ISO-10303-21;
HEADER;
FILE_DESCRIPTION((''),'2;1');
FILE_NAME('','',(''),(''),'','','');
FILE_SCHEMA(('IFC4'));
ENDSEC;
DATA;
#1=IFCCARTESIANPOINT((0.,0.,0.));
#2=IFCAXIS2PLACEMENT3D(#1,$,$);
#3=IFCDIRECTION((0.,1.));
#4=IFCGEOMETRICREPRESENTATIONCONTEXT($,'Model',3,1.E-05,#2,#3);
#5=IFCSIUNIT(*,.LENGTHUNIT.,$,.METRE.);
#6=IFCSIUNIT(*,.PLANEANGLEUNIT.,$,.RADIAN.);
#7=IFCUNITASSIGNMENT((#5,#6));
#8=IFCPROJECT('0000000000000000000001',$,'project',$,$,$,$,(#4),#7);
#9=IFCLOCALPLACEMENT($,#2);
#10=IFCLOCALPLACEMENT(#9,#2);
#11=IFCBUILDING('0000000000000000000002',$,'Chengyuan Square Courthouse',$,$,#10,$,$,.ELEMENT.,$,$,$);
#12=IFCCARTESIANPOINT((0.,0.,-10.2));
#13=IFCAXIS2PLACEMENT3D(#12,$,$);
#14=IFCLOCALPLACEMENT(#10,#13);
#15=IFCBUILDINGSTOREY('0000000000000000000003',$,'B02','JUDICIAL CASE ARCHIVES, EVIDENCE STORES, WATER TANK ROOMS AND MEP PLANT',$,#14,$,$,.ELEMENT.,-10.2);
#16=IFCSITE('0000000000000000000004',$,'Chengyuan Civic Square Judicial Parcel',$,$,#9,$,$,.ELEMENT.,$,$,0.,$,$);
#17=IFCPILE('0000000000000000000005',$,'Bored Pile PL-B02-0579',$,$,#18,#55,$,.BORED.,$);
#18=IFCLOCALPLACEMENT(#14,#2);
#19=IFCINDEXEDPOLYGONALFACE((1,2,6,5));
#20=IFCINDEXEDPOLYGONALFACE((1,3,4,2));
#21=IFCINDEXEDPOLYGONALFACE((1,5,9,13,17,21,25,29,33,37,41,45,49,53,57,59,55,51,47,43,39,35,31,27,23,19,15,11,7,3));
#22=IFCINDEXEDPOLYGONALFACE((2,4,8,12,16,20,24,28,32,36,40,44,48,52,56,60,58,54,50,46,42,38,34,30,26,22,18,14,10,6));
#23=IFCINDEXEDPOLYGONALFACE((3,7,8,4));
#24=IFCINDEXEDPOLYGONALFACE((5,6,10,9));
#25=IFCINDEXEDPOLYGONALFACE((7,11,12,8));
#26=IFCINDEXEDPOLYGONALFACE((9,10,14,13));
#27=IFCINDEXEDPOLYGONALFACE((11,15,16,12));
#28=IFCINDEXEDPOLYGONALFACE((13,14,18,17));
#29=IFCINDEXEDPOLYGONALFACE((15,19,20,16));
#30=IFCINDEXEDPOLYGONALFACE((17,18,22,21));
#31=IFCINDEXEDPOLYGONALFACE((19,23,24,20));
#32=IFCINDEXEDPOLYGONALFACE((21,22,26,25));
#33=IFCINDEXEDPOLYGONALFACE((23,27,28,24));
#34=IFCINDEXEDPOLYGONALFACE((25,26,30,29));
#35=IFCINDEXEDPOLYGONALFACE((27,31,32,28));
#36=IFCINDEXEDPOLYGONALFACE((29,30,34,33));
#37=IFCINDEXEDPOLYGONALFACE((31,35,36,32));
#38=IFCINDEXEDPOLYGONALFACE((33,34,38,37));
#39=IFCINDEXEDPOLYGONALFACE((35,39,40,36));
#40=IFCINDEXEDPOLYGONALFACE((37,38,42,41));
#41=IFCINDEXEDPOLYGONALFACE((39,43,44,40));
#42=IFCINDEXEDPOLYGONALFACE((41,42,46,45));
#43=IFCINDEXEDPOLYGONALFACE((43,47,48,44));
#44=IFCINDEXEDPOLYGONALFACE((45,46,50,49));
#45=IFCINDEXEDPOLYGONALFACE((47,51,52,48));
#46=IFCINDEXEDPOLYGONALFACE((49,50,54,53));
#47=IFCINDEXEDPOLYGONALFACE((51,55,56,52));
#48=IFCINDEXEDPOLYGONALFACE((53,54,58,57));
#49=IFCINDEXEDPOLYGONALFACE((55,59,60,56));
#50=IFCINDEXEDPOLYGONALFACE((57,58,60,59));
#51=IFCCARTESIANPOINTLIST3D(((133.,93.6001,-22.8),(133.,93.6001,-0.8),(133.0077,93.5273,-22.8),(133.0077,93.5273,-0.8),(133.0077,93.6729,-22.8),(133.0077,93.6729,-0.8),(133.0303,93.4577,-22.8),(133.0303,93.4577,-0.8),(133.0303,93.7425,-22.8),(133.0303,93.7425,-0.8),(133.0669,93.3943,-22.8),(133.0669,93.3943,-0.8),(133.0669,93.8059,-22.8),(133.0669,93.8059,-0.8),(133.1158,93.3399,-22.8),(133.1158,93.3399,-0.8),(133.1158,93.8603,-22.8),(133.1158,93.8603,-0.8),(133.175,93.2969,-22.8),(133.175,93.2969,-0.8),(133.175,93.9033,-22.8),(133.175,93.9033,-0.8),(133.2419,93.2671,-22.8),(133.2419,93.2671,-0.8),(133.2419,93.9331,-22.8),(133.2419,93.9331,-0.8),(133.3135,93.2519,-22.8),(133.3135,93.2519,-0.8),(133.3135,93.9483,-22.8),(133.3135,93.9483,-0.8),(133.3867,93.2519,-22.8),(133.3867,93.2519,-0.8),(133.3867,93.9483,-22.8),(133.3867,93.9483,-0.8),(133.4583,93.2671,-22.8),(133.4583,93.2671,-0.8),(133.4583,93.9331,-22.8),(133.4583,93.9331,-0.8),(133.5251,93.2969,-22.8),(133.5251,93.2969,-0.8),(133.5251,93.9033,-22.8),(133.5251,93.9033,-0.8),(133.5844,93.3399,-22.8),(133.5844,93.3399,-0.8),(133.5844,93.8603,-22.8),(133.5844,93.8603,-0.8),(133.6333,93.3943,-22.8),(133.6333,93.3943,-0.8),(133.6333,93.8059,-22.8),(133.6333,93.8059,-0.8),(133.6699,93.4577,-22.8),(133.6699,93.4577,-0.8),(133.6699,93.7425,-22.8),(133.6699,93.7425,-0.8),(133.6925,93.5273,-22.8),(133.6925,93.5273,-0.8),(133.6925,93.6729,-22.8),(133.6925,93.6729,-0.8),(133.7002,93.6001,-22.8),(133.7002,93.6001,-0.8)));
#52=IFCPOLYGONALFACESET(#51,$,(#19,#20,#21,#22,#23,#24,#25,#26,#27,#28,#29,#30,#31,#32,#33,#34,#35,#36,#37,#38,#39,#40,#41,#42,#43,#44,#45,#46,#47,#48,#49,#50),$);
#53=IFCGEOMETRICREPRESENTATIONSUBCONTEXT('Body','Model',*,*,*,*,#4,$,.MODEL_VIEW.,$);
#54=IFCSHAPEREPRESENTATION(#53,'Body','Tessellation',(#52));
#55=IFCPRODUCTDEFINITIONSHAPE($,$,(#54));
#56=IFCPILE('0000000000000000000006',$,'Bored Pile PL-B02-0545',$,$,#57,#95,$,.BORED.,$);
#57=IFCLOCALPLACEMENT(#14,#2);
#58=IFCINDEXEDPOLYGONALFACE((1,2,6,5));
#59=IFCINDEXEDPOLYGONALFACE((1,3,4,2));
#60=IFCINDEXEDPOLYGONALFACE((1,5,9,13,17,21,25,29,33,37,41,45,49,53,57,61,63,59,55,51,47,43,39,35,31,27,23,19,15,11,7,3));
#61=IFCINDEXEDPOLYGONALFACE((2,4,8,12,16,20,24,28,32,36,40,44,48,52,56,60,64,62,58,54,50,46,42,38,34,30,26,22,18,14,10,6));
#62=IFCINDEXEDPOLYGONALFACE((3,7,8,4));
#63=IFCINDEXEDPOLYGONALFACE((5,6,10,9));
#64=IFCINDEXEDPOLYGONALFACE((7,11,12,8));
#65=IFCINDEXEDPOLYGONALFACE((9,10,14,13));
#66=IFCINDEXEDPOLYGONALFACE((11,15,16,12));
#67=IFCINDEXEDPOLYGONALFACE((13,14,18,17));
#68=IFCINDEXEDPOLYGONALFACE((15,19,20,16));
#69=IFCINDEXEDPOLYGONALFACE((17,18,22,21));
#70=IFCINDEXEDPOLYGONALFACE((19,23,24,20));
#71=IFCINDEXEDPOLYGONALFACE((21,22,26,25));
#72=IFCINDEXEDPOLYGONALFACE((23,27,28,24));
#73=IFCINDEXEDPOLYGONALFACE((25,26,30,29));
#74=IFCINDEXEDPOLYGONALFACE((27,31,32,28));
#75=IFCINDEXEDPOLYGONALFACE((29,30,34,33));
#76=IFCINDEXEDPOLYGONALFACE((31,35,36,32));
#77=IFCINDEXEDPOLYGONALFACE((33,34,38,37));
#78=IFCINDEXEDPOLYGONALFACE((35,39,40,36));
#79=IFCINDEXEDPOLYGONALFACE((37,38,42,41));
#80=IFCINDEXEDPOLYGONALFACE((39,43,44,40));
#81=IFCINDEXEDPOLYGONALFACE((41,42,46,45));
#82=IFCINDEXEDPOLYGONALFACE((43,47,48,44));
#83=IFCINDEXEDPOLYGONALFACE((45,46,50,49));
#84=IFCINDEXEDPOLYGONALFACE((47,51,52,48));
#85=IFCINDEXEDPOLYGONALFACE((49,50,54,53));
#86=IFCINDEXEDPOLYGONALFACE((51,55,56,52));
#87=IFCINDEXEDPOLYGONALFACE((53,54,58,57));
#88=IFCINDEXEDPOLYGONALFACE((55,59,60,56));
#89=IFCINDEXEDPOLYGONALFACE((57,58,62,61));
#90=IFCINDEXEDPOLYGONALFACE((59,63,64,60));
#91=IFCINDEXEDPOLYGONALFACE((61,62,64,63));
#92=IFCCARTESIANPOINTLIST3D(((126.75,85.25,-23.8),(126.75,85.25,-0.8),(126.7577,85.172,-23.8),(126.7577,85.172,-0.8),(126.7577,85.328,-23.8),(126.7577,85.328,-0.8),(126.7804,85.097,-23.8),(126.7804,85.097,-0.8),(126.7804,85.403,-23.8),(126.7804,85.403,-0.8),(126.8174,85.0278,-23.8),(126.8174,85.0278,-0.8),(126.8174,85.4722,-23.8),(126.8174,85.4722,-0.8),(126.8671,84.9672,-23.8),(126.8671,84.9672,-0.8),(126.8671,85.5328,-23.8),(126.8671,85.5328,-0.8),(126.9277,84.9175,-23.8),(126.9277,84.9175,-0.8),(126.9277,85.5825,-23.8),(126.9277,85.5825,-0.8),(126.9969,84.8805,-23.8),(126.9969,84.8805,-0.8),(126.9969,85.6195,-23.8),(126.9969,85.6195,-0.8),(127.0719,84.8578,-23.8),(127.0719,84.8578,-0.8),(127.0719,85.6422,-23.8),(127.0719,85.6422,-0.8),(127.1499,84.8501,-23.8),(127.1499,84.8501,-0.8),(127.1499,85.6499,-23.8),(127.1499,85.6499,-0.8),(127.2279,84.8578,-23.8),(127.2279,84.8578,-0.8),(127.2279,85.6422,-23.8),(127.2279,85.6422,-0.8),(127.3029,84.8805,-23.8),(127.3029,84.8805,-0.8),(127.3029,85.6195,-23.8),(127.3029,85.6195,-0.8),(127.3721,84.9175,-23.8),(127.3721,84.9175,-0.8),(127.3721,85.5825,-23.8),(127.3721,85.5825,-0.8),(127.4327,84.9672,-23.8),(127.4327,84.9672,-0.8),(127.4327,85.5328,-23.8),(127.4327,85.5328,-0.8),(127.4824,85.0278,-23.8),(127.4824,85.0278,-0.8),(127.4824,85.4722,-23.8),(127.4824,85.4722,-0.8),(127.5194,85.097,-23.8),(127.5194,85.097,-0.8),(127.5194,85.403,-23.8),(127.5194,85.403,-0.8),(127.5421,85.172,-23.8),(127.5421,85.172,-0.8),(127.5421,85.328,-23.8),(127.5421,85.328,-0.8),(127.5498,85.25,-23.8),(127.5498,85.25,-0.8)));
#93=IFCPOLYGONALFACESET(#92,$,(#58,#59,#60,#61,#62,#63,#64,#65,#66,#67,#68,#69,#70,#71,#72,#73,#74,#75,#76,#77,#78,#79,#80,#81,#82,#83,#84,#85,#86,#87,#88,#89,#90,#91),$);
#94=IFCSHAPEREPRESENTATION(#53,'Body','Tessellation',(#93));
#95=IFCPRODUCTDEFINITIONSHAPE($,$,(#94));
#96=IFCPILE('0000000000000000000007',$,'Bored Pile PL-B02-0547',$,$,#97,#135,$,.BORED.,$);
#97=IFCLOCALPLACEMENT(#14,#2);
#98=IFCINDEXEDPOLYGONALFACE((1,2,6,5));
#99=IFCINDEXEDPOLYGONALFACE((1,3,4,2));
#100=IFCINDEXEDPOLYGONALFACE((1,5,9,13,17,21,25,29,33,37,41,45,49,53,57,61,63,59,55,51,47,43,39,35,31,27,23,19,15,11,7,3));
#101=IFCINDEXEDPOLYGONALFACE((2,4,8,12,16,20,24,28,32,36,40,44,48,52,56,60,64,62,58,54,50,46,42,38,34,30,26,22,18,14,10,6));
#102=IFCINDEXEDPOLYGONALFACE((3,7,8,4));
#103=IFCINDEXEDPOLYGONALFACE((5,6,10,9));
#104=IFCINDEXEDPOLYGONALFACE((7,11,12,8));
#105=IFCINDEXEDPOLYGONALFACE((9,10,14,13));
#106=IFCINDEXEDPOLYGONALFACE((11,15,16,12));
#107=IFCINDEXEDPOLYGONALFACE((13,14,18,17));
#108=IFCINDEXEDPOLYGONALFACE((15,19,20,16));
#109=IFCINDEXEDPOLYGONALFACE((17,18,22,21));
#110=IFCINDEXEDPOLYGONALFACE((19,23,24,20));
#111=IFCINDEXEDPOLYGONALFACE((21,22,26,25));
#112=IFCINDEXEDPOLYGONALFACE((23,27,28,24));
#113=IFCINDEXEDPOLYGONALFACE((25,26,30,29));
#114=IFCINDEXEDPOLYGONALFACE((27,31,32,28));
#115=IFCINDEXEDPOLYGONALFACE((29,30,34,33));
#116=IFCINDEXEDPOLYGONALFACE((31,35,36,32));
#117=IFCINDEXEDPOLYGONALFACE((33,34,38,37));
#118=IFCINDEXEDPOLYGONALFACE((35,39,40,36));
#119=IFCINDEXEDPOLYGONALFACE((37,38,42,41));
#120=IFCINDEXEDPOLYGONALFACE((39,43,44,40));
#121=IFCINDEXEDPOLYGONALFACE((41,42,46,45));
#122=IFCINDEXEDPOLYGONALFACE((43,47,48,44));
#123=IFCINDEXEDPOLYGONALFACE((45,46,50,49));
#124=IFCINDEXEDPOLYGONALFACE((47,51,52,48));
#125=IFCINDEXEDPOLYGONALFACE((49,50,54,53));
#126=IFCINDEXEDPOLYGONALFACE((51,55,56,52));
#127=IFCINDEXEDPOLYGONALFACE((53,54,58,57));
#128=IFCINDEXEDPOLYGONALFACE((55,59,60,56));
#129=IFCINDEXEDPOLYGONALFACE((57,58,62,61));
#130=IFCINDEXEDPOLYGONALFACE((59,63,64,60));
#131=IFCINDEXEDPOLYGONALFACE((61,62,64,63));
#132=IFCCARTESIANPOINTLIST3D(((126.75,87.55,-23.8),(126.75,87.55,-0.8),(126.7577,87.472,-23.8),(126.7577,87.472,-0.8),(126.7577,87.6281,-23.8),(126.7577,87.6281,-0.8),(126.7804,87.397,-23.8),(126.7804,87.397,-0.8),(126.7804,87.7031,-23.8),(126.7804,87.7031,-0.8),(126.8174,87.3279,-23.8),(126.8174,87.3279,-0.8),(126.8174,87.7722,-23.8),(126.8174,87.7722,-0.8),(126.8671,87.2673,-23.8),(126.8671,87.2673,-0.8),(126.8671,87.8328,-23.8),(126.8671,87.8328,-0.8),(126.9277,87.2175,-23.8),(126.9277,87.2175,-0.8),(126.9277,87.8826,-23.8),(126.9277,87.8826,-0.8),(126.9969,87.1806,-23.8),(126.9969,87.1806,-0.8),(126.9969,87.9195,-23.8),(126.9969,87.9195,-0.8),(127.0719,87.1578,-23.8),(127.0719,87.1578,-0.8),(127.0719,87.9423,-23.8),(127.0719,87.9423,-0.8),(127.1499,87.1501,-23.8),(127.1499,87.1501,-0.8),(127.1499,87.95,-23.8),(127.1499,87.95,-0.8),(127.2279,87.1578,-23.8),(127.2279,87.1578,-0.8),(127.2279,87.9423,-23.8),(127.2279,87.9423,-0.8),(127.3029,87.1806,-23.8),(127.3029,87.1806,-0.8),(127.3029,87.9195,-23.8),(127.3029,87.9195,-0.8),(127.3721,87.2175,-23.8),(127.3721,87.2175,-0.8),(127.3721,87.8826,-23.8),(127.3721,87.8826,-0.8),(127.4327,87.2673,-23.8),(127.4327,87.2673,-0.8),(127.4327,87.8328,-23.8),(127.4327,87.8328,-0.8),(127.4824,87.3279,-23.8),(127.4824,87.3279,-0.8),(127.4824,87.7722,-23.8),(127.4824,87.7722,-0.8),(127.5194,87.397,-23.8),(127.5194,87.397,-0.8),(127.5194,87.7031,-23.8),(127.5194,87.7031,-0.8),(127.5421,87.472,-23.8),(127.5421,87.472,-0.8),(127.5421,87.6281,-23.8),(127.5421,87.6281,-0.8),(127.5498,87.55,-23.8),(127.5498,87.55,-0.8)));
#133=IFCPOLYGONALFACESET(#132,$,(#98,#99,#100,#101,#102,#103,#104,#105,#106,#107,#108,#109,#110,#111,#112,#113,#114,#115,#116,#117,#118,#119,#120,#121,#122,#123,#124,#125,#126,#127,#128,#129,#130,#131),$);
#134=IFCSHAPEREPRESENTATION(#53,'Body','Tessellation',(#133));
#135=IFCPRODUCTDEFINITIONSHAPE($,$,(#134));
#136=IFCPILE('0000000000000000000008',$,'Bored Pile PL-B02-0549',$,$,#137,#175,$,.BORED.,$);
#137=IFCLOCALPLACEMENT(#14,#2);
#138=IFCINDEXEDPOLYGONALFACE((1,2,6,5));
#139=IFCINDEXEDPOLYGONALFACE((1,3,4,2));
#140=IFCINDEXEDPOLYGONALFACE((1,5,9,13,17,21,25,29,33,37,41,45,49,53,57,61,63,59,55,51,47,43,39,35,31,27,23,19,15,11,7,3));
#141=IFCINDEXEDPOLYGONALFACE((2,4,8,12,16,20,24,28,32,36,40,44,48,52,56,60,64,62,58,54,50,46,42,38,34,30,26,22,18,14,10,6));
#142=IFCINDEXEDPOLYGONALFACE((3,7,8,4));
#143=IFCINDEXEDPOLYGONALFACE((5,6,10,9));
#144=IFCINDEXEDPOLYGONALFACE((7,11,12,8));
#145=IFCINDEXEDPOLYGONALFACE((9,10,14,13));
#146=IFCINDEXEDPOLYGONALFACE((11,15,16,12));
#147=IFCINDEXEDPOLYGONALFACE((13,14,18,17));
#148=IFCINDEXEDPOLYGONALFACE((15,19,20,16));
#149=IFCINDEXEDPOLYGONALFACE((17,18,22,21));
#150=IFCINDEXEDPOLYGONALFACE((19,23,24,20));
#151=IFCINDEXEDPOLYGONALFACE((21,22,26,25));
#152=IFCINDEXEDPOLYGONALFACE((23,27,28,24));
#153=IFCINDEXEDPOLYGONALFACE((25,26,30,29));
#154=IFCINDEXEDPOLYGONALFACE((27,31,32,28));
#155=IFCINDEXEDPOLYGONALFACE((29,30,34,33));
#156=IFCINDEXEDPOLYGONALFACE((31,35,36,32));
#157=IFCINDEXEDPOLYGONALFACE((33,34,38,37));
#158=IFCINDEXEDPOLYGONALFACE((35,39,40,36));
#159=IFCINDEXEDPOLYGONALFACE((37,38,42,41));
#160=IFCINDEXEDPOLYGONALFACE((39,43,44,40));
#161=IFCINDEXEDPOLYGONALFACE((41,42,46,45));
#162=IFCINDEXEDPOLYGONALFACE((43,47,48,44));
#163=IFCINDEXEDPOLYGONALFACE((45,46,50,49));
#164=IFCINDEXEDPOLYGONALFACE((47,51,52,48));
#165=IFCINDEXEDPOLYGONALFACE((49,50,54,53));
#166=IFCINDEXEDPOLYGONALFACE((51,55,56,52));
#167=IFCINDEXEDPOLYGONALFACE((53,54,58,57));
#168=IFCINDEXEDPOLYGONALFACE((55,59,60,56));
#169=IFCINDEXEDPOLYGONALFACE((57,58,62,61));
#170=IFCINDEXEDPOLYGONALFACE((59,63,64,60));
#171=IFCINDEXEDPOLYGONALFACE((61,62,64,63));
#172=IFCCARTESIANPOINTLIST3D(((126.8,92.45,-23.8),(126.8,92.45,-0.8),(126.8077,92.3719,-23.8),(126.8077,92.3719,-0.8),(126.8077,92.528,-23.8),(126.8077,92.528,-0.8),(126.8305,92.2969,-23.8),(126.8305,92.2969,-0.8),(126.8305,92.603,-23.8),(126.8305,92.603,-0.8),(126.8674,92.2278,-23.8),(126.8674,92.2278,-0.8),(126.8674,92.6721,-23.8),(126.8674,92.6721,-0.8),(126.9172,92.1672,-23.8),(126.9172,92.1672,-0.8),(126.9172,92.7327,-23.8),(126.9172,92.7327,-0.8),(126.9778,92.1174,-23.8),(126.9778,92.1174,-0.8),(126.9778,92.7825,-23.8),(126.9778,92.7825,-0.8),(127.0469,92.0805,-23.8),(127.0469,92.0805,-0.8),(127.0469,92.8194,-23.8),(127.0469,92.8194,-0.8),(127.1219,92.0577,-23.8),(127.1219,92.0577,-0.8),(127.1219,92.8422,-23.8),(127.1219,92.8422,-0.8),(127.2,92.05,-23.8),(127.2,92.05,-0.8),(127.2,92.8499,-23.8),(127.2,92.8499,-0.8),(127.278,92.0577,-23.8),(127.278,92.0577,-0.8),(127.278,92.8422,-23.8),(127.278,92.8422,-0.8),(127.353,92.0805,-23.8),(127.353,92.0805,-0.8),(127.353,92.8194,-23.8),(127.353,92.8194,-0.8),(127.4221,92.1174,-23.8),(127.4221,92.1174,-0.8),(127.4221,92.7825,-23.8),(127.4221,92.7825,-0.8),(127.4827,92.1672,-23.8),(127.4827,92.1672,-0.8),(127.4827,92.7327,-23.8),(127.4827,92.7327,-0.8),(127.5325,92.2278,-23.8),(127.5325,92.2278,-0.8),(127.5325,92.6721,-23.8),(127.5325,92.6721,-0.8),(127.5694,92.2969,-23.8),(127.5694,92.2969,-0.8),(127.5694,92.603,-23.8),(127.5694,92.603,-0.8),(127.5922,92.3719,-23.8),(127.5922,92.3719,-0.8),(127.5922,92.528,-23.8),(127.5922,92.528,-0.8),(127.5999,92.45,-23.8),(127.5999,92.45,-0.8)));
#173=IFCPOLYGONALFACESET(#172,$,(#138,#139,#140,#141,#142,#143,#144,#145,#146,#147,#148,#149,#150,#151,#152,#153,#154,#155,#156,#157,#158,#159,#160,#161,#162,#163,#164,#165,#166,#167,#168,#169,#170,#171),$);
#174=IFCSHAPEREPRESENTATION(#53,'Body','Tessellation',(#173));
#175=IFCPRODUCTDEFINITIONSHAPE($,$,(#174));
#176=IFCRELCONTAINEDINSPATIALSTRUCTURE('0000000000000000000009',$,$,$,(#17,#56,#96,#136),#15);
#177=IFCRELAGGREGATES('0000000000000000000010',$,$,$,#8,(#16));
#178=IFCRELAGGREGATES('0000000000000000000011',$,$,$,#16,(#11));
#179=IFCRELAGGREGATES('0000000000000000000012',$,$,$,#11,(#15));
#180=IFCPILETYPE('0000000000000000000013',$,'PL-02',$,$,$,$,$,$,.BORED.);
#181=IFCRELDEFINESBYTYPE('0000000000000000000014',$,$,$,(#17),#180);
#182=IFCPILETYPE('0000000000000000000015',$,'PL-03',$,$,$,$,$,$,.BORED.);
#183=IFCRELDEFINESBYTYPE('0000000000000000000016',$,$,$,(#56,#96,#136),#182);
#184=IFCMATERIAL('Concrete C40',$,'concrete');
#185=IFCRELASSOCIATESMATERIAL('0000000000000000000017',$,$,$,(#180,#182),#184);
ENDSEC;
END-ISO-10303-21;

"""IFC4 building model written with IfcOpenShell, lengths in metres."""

from ifc_helpers import new_model, si_unit, direction, frame, origin, origin_2d, place, context, subcontext, project, spatial, circle, extrude, material, material_profile, profile_set, type_object, element, save


model = new_model("IFC4")

# Units and contexts
model_context = context("Model", 3, precision=1e-05, world=origin(), true_north=direction((0.0, 1.0)))
body_context = subcontext(model_context, "Body", "Model", "MODEL_VIEW")
ifc_project = project(units=[si_unit("LENGTHUNIT", "METRE"), si_unit("PLANEANGLEUNIT", "RADIAN")], contexts=[model_context])

# Site, building, storey
site_placement = place(None, origin())
site = spatial("IfcSite", under=ifc_project, at=site_placement, Name="Chengyuan Civic Square Judicial Parcel", CompositionType="ELEMENT", RefElevation=0.0)
building_placement = place(site_placement, origin())
building = spatial("IfcBuilding", under=site, at=building_placement, Name="Chengyuan Square Courthouse", CompositionType="ELEMENT")
storey_placement = place(building_placement, frame((0.0, 0.0, -10.2)))
storey = spatial("IfcBuildingStorey", under=building, at=storey_placement, Name="B02", Description="JUDICIAL CASE ARCHIVES, EVIDENCE STORES, WATER TANK ROOMS AND MEP PLANT", CompositionType="ELEMENT", Elevation=-10.2)

# Shared definitions
ifc_material_1 = material(Name="Concrete C40", Category="concrete")

# Piles
ifc_material_profile_1 = material_profile(ifc_material_1, circle(Radius=0.3501, at=origin_2d()), Name="BORED PILE D700")
ifc_profile_set_1 = profile_set([ifc_material_profile_1], Name="Concrete C40")
pile_type_1 = type_object("IfcPileType", Name="PL-02", PredefinedType="BORED", material=ifc_profile_set_1)
for number, where, z_axis, x_axis, name in (
    (1, (133.3501, 93.6001, -0.8), (0.0, 0.0, -1.0), (1.0, 0.0, 0.0), "Bored Pile PL-B02-0579"),
):
    element("IfcPile", number, at=place(storey_placement, frame(where, z_axis=z_axis, x_axis=x_axis)), inside=storey, type_object=pile_type_1, Name=name, PredefinedType="BORED", context=body_context, shape_type="SweptSolid", body=[
        extrude(circle(Radius=0.3501, at=origin_2d()), origin(), (0.0, 0.0, 1.0), 22.0),
    ])
ifc_material_profile_2 = material_profile(ifc_material_1, circle(Radius=0.3999, at=origin_2d()), Name="BORED PILE D800")
ifc_profile_set_2 = profile_set([ifc_material_profile_2], Name="Concrete C40")
pile_type_2 = type_object("IfcPileType", Name="PL-03", PredefinedType="BORED", material=ifc_profile_set_2)
for number, where, z_axis, x_axis, name in (
    (2, (127.1499, 85.25, -0.8), (0.0, 0.0, -1.0), (1.0, 0.0, 0.0), "Bored Pile PL-B02-0545"),
    (3, (127.1499, 87.55, -0.8), (0.0, 0.0, -1.0), (1.0, 0.0, 0.0), "Bored Pile PL-B02-0547"),
    (4, (127.2, 92.45, -0.8), (0.0, 0.0, -1.0), (1.0, 0.0, 0.0), "Bored Pile PL-B02-0549"),
):
    element("IfcPile", number, at=place(storey_placement, frame(where, z_axis=z_axis, x_axis=x_axis)), inside=storey, type_object=pile_type_2, Name=name, PredefinedType="BORED", context=body_context, shape_type="SweptSolid", body=[
        extrude(circle(Radius=0.3999, at=origin_2d()), origin(), (0.0, 0.0, 1.0), 23.0),
    ])

save(model, "model.ifc")
